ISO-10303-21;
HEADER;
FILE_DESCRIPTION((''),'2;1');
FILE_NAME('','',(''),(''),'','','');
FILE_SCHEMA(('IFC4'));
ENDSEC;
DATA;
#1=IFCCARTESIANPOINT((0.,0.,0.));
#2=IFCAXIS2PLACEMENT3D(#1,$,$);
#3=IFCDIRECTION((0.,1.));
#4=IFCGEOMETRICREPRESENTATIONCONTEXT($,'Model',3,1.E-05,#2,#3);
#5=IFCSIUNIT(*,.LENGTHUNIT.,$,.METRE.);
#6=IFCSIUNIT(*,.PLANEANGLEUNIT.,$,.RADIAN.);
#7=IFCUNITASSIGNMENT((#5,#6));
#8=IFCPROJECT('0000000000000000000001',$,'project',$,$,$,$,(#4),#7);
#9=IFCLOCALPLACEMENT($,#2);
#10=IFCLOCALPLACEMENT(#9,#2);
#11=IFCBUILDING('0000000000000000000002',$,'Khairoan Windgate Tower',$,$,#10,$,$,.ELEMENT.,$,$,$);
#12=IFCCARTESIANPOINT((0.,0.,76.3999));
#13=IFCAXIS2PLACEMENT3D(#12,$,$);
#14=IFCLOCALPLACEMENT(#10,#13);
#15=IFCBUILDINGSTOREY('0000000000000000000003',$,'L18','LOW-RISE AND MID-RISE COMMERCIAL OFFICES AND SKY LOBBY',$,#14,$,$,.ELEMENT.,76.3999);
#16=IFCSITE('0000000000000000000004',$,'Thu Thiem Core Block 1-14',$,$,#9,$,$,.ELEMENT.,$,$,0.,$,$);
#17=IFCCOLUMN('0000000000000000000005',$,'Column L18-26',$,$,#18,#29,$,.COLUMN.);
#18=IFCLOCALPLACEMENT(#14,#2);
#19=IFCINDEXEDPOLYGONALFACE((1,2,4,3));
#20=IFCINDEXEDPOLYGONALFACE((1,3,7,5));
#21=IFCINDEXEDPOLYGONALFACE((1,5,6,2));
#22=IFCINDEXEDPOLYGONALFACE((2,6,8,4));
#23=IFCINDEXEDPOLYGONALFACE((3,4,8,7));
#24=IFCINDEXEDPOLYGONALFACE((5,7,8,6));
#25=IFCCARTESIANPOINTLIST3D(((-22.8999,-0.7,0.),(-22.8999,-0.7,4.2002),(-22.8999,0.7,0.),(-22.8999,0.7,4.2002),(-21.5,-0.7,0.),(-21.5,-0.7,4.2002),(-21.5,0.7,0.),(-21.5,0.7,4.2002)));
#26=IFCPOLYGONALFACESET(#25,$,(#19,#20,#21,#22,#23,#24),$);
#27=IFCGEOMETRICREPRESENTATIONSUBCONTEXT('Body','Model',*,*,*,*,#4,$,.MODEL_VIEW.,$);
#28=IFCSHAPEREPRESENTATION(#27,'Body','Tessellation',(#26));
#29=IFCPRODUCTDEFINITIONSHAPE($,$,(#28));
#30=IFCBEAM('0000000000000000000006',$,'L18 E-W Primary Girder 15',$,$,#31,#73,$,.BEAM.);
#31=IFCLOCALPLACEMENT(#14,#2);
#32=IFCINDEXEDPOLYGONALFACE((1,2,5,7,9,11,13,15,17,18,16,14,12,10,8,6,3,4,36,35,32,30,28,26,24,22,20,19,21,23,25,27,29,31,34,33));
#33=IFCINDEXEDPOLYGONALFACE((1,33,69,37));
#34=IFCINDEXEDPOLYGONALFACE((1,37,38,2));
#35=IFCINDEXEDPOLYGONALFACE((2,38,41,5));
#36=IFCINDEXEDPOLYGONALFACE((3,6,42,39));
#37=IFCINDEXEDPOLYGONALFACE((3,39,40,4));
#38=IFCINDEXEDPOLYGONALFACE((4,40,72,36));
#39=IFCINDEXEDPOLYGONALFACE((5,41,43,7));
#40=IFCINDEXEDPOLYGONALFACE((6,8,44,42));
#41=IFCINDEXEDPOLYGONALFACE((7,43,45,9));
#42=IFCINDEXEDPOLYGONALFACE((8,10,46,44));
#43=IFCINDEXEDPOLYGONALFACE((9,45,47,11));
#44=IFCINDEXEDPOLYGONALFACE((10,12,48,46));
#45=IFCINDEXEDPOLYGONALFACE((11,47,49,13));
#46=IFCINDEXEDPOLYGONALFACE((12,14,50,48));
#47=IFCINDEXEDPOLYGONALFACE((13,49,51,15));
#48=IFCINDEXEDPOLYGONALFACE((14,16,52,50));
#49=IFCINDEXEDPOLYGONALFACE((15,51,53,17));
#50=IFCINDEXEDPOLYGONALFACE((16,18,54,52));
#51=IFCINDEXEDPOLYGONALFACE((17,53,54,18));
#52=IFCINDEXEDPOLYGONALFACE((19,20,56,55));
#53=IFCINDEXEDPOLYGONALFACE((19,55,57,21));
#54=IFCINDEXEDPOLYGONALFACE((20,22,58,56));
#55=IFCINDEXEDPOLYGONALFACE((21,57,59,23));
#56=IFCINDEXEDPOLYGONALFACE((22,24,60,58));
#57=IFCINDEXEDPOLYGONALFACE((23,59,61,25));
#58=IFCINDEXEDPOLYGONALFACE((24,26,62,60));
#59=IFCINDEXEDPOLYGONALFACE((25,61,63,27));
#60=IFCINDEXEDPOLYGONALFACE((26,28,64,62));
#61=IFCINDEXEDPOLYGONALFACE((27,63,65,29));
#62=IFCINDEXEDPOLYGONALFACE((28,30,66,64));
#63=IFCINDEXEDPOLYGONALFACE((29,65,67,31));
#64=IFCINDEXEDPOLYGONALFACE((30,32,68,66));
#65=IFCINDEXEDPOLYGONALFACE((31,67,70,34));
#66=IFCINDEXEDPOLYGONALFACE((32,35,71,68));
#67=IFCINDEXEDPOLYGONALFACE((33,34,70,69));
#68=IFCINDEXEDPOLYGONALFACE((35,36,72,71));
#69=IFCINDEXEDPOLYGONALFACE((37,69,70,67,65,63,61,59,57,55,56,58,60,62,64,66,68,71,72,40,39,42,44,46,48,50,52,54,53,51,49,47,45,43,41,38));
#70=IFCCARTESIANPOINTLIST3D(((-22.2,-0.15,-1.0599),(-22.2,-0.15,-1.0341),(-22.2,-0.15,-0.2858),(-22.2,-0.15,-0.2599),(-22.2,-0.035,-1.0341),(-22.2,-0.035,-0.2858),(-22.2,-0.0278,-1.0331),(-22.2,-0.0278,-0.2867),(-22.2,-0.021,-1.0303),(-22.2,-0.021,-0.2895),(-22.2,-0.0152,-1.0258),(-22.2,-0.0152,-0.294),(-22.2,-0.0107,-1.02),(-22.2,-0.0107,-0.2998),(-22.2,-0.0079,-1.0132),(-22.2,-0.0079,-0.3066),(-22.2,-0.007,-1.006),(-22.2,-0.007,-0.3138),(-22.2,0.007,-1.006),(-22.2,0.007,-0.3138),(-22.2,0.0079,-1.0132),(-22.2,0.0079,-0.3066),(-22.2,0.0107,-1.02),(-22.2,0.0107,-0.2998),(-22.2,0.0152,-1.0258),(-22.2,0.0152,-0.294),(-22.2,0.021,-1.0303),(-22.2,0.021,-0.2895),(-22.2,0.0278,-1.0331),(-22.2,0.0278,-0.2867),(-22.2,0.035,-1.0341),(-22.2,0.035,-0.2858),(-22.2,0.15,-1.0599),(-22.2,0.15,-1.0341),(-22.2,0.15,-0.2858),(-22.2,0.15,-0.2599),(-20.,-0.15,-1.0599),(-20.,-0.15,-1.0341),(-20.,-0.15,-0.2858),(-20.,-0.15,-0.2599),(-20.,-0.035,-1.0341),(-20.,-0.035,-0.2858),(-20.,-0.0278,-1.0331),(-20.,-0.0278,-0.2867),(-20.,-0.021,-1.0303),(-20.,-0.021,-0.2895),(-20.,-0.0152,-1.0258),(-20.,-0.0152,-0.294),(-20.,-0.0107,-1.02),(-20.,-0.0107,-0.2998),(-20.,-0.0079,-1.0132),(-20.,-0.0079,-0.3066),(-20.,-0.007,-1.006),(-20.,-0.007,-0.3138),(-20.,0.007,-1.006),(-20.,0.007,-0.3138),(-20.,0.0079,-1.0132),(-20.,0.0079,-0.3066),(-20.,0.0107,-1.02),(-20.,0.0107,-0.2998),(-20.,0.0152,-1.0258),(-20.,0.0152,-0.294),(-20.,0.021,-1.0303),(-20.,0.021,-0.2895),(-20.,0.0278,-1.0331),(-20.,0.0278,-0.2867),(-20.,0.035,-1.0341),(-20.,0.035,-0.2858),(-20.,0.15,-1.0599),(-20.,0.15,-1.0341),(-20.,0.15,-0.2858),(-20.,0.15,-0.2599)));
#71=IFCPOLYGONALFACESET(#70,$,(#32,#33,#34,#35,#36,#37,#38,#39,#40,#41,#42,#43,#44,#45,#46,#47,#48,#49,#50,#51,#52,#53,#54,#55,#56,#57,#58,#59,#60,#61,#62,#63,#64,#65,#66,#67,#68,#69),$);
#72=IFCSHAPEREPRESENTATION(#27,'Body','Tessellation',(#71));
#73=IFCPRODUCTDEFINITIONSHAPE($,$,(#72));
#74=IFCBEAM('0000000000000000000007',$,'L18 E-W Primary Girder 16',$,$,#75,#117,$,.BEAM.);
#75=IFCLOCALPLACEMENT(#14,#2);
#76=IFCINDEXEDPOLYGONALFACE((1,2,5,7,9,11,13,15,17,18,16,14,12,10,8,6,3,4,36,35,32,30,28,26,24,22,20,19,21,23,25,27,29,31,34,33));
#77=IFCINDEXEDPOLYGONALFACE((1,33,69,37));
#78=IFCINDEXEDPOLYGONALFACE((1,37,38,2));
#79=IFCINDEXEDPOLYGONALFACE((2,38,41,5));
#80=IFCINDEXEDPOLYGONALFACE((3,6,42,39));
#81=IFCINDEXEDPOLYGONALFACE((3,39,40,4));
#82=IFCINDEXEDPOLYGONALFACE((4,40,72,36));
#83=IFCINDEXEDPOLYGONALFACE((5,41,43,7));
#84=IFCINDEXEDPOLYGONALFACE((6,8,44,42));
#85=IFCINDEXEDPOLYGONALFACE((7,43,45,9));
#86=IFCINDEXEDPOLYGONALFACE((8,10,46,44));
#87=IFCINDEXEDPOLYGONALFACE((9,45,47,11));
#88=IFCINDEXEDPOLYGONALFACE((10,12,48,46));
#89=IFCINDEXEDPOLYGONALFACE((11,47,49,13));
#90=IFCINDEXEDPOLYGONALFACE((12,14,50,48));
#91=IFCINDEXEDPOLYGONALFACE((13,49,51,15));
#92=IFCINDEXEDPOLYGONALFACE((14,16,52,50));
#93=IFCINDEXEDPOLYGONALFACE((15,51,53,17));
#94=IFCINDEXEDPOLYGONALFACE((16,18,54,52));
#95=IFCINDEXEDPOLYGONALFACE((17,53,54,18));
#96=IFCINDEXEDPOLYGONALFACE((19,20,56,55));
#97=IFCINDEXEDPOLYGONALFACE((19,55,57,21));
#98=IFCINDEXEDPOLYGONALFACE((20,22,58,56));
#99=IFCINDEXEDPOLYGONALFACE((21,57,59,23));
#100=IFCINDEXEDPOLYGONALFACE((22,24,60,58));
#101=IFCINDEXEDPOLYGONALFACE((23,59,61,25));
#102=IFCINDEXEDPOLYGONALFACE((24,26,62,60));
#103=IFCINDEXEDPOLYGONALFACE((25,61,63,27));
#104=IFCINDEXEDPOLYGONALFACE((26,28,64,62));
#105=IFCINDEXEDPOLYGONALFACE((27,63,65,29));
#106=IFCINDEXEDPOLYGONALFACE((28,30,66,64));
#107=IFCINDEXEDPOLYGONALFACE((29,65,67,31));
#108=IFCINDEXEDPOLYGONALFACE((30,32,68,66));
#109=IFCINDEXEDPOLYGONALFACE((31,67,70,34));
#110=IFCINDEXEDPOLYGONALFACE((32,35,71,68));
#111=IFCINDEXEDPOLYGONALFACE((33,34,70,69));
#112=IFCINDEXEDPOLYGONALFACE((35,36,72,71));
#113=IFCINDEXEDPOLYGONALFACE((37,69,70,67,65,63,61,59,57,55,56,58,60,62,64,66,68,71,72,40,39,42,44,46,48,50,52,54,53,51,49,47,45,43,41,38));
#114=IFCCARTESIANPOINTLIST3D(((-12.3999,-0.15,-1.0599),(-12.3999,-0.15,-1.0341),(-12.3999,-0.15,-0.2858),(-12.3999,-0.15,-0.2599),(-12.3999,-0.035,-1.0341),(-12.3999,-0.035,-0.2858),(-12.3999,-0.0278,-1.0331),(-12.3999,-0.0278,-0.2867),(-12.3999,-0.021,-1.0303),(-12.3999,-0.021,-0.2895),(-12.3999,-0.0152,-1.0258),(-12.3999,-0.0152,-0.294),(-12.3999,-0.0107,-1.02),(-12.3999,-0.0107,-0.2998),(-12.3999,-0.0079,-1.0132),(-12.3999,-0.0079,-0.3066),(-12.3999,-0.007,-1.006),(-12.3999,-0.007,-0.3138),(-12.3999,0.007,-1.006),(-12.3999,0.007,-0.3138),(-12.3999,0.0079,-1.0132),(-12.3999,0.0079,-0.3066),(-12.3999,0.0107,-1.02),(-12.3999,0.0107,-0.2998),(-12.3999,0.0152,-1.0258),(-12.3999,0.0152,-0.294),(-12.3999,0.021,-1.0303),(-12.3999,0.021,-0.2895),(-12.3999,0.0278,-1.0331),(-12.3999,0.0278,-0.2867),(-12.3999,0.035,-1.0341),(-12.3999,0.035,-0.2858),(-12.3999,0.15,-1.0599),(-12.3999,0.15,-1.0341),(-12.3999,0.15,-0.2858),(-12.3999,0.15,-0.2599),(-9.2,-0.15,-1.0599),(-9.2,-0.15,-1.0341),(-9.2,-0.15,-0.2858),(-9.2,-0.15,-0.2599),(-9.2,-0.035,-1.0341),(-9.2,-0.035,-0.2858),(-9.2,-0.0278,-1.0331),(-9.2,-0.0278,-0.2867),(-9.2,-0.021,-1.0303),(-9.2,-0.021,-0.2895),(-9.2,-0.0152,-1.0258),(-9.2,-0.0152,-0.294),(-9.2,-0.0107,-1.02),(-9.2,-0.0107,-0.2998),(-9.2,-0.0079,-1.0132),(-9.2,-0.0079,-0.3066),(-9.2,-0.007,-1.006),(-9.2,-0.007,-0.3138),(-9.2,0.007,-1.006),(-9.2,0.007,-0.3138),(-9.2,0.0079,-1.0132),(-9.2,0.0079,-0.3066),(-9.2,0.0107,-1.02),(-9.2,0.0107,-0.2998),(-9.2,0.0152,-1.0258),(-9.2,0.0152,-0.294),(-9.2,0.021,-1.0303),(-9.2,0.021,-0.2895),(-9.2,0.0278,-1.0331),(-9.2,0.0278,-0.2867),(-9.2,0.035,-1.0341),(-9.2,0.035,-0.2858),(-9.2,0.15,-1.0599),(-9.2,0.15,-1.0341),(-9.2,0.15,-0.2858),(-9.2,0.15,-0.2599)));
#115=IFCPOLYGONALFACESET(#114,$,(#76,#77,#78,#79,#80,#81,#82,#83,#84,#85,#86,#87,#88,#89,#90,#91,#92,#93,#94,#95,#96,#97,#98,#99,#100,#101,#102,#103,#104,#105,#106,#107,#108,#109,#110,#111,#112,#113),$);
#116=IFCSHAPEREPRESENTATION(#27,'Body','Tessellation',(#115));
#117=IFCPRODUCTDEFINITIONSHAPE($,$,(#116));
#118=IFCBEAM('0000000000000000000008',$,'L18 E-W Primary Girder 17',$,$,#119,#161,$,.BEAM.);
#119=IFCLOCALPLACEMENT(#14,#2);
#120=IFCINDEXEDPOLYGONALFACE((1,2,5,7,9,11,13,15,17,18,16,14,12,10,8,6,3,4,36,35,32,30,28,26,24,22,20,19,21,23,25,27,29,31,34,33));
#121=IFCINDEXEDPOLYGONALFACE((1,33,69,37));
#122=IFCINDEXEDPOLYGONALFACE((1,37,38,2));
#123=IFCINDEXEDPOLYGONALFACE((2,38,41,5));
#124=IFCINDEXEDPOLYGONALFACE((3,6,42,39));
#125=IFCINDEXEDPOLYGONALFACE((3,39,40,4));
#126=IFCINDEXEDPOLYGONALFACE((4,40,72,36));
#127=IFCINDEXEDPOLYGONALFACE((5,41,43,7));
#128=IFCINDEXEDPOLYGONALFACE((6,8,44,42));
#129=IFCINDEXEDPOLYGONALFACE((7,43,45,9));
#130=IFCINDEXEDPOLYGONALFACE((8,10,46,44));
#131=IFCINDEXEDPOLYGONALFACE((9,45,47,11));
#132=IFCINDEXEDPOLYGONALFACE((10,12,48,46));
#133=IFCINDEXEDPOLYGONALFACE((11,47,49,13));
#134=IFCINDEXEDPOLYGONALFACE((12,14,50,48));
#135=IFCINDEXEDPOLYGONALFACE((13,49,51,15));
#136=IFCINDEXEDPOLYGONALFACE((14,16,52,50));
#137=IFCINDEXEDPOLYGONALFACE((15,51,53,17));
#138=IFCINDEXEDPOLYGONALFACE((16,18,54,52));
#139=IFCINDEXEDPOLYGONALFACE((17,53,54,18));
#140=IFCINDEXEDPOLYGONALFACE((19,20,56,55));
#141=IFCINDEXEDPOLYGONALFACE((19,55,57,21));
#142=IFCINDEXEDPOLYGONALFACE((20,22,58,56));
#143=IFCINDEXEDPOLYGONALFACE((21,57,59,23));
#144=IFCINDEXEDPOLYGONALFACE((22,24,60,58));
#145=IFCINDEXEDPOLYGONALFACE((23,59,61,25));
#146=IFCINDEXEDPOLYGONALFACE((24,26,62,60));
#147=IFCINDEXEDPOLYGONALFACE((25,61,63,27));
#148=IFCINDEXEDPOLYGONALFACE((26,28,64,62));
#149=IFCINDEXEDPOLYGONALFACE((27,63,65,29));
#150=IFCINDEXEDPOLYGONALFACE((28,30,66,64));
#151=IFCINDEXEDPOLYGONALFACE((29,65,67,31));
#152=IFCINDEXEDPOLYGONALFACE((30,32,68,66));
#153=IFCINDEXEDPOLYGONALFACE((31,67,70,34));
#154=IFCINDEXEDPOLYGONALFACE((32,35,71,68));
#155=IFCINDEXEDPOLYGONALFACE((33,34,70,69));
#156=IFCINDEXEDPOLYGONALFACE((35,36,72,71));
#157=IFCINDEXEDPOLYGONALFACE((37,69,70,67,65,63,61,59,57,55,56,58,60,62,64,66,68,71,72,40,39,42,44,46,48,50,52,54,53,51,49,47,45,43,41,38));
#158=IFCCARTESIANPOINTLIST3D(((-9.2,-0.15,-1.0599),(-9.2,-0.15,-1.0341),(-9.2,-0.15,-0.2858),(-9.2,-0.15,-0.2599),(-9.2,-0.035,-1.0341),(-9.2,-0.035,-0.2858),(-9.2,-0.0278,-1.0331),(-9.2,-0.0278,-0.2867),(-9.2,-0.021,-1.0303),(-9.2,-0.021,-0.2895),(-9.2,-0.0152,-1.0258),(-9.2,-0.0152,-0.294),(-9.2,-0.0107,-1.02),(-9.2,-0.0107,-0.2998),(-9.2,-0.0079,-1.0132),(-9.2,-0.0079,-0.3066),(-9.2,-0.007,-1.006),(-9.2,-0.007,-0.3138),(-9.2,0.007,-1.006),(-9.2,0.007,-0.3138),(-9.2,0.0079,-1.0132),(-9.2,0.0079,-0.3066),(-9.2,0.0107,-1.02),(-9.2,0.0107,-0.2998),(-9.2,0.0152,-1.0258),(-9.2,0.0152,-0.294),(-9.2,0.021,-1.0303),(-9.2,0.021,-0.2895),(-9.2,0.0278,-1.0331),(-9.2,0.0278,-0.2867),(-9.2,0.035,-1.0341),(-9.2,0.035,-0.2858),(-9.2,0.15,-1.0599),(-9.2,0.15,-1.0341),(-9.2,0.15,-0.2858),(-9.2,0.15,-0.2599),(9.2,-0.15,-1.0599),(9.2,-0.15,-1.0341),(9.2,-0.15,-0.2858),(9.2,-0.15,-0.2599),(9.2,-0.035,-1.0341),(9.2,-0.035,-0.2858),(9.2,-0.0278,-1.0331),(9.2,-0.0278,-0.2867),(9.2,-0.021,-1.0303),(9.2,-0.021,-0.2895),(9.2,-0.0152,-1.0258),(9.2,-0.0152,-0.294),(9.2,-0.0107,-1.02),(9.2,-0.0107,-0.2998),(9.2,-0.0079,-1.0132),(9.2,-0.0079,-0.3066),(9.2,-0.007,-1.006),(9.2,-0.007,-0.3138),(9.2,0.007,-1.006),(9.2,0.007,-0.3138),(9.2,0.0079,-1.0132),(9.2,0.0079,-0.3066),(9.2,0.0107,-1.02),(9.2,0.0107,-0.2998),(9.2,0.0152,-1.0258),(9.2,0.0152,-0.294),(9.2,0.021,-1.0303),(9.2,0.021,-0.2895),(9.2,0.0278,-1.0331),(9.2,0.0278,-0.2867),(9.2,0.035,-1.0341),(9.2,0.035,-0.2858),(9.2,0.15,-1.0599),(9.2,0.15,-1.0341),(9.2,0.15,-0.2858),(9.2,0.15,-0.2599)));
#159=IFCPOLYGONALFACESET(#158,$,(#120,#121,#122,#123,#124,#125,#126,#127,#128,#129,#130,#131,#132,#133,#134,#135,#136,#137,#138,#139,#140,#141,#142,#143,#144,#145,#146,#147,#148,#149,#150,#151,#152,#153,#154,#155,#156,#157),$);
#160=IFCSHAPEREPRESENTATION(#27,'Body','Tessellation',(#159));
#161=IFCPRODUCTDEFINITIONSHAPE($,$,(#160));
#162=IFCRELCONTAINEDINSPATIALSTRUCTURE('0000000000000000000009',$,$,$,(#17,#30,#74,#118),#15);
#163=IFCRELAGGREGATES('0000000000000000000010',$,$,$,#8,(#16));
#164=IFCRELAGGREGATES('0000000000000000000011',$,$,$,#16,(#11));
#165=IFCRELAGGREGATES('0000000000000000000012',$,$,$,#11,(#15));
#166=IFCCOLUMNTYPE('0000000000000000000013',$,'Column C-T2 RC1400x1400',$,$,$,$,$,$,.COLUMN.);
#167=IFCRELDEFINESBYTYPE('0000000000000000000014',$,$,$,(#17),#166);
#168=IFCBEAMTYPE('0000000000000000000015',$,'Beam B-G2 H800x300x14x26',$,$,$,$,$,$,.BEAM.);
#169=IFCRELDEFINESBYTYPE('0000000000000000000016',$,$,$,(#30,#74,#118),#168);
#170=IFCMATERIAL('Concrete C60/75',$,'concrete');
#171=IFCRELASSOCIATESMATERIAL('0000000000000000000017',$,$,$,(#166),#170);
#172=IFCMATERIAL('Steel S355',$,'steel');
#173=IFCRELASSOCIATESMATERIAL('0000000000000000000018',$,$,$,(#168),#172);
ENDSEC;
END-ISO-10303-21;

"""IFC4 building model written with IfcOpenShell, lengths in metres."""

from ifc_helpers import new_model, si_unit, direction, frame, origin, origin_2d, place, context, subcontext, project, spatial, rectangle, i_section, extrude, material, material_profile, profile_set, type_object, element, save


model = new_model("IFC4")

# Units and contexts
model_context = context("Model", 3, precision=1e-05, world=origin(), true_north=direction((0.0, 1.0)))
body_context = subcontext(model_context, "Body", "Model", "MODEL_VIEW")
ifc_project = project(units=[si_unit("LENGTHUNIT", "METRE"), si_unit("PLANEANGLEUNIT", "RADIAN")], contexts=[model_context])

# Site, building, storey
site_placement = place(None, origin())
site = spatial("IfcSite", under=ifc_project, at=site_placement, Name="Thu Thiem Core Block 1-14", CompositionType="ELEMENT", RefElevation=0.0)
building_placement = place(site_placement, origin())
building = spatial("IfcBuilding", under=site, at=building_placement, Name="Khairoan Windgate Tower", CompositionType="ELEMENT")
storey_placement = place(building_placement, frame((0.0, 0.0, 76.3999)))
storey = spatial("IfcBuildingStorey", under=building, at=storey_placement, Name="L18", Description="LOW-RISE AND MID-RISE COMMERCIAL OFFICES AND SKY LOBBY", CompositionType="ELEMENT", Elevation=76.3999)

# Column
ifc_material_1 = material(Name="Concrete C60/75", Category="concrete")
ifc_material_profile_1 = material_profile(ifc_material_1, rectangle(XDim=1.3999, YDim=1.3999, at=origin_2d()))
ifc_profile_set_1 = profile_set([ifc_material_profile_1], Name="Concrete C60/75")
column_type = type_object("IfcColumnType", Name="Column C-T2 RC1400x1400", PredefinedType="COLUMN", material=ifc_profile_set_1)
column_placement = place(storey_placement, frame((-22.2, 0.0, 0.0), z_axis=(0.0, 0.0, 1.0), x_axis=(1.0, 0.0, 0.0)))
element("IfcColumn", 1, at=column_placement, inside=storey, type_object=column_type, Name="Column L18-26", PredefinedType="COLUMN", context=body_context, shape_type="SweptSolid", body=[
    extrude(rectangle(XDim=1.3999, YDim=1.3999, at=origin_2d()), origin(), (0.0, 0.0, 1.0), 4.2002),
])

# Beams
ifc_material_2 = material(Name="Steel S355", Category="steel")
ifc_material_profile_2 = material_profile(ifc_material_2, i_section(OverallWidth=0.3, OverallDepth=0.8, WebThickness=0.0139, FlangeThickness=0.0259, FilletRadius=0.0281, at=origin_2d()))
ifc_profile_set_2 = profile_set([ifc_material_profile_2], Name="Steel S355")
beam_type_1 = type_object("IfcBeamType", Name="Beam B-G2 H800x300x14x26", PredefinedType="BEAM", material=ifc_profile_set_2)
beam_1_placement = place(storey_placement, frame((-22.2, 0.0, -0.6599), z_axis=(1.0, 0.0, 0.0), x_axis=(0.0, 1.0, 0.0)))
element("IfcBeam", 2, at=beam_1_placement, inside=storey, type_object=beam_type_1, Name="L18 E-W Primary Girder 15", PredefinedType="BEAM", context=body_context, shape_type="SweptSolid", body=[
    extrude(i_section(OverallWidth=0.3, OverallDepth=0.8, WebThickness=0.0139, FlangeThickness=0.0259, FilletRadius=0.0281, at=origin_2d()), origin(), (0.0, 0.0, 1.0), 2.2),
])
beam_2_placement = place(storey_placement, frame((-12.3999, 0.0, -0.6599), z_axis=(1.0, 0.0, 0.0), x_axis=(0.0, 1.0, 0.0)))
element("IfcBeam", 3, at=beam_2_placement, inside=storey, type_object=beam_type_1, Name="L18 E-W Primary Girder 16", PredefinedType="BEAM", context=body_context, shape_type="SweptSolid", body=[
    extrude(i_section(OverallWidth=0.3, OverallDepth=0.8, WebThickness=0.0139, FlangeThickness=0.0259, FilletRadius=0.0281, at=origin_2d()), origin(), (0.0, 0.0, 1.0), 3.2),
])
beam_3_placement = place(storey_placement, frame((-9.2, 0.0, -0.6599), z_axis=(1.0, 0.0, 0.0), x_axis=(0.0, 1.0, 0.0)))
element("IfcBeam", 4, at=beam_3_placement, inside=storey, type_object=beam_type_1, Name="L18 E-W Primary Girder 17", PredefinedType="BEAM", context=body_context, shape_type="SweptSolid", body=[
    extrude(i_section(OverallWidth=0.3, OverallDepth=0.8, WebThickness=0.0139, FlangeThickness=0.0259, FilletRadius=0.0281, at=origin_2d()), origin(), (0.0, 0.0, 1.0), 18.3999),
])

save(model, "model.ifc")
